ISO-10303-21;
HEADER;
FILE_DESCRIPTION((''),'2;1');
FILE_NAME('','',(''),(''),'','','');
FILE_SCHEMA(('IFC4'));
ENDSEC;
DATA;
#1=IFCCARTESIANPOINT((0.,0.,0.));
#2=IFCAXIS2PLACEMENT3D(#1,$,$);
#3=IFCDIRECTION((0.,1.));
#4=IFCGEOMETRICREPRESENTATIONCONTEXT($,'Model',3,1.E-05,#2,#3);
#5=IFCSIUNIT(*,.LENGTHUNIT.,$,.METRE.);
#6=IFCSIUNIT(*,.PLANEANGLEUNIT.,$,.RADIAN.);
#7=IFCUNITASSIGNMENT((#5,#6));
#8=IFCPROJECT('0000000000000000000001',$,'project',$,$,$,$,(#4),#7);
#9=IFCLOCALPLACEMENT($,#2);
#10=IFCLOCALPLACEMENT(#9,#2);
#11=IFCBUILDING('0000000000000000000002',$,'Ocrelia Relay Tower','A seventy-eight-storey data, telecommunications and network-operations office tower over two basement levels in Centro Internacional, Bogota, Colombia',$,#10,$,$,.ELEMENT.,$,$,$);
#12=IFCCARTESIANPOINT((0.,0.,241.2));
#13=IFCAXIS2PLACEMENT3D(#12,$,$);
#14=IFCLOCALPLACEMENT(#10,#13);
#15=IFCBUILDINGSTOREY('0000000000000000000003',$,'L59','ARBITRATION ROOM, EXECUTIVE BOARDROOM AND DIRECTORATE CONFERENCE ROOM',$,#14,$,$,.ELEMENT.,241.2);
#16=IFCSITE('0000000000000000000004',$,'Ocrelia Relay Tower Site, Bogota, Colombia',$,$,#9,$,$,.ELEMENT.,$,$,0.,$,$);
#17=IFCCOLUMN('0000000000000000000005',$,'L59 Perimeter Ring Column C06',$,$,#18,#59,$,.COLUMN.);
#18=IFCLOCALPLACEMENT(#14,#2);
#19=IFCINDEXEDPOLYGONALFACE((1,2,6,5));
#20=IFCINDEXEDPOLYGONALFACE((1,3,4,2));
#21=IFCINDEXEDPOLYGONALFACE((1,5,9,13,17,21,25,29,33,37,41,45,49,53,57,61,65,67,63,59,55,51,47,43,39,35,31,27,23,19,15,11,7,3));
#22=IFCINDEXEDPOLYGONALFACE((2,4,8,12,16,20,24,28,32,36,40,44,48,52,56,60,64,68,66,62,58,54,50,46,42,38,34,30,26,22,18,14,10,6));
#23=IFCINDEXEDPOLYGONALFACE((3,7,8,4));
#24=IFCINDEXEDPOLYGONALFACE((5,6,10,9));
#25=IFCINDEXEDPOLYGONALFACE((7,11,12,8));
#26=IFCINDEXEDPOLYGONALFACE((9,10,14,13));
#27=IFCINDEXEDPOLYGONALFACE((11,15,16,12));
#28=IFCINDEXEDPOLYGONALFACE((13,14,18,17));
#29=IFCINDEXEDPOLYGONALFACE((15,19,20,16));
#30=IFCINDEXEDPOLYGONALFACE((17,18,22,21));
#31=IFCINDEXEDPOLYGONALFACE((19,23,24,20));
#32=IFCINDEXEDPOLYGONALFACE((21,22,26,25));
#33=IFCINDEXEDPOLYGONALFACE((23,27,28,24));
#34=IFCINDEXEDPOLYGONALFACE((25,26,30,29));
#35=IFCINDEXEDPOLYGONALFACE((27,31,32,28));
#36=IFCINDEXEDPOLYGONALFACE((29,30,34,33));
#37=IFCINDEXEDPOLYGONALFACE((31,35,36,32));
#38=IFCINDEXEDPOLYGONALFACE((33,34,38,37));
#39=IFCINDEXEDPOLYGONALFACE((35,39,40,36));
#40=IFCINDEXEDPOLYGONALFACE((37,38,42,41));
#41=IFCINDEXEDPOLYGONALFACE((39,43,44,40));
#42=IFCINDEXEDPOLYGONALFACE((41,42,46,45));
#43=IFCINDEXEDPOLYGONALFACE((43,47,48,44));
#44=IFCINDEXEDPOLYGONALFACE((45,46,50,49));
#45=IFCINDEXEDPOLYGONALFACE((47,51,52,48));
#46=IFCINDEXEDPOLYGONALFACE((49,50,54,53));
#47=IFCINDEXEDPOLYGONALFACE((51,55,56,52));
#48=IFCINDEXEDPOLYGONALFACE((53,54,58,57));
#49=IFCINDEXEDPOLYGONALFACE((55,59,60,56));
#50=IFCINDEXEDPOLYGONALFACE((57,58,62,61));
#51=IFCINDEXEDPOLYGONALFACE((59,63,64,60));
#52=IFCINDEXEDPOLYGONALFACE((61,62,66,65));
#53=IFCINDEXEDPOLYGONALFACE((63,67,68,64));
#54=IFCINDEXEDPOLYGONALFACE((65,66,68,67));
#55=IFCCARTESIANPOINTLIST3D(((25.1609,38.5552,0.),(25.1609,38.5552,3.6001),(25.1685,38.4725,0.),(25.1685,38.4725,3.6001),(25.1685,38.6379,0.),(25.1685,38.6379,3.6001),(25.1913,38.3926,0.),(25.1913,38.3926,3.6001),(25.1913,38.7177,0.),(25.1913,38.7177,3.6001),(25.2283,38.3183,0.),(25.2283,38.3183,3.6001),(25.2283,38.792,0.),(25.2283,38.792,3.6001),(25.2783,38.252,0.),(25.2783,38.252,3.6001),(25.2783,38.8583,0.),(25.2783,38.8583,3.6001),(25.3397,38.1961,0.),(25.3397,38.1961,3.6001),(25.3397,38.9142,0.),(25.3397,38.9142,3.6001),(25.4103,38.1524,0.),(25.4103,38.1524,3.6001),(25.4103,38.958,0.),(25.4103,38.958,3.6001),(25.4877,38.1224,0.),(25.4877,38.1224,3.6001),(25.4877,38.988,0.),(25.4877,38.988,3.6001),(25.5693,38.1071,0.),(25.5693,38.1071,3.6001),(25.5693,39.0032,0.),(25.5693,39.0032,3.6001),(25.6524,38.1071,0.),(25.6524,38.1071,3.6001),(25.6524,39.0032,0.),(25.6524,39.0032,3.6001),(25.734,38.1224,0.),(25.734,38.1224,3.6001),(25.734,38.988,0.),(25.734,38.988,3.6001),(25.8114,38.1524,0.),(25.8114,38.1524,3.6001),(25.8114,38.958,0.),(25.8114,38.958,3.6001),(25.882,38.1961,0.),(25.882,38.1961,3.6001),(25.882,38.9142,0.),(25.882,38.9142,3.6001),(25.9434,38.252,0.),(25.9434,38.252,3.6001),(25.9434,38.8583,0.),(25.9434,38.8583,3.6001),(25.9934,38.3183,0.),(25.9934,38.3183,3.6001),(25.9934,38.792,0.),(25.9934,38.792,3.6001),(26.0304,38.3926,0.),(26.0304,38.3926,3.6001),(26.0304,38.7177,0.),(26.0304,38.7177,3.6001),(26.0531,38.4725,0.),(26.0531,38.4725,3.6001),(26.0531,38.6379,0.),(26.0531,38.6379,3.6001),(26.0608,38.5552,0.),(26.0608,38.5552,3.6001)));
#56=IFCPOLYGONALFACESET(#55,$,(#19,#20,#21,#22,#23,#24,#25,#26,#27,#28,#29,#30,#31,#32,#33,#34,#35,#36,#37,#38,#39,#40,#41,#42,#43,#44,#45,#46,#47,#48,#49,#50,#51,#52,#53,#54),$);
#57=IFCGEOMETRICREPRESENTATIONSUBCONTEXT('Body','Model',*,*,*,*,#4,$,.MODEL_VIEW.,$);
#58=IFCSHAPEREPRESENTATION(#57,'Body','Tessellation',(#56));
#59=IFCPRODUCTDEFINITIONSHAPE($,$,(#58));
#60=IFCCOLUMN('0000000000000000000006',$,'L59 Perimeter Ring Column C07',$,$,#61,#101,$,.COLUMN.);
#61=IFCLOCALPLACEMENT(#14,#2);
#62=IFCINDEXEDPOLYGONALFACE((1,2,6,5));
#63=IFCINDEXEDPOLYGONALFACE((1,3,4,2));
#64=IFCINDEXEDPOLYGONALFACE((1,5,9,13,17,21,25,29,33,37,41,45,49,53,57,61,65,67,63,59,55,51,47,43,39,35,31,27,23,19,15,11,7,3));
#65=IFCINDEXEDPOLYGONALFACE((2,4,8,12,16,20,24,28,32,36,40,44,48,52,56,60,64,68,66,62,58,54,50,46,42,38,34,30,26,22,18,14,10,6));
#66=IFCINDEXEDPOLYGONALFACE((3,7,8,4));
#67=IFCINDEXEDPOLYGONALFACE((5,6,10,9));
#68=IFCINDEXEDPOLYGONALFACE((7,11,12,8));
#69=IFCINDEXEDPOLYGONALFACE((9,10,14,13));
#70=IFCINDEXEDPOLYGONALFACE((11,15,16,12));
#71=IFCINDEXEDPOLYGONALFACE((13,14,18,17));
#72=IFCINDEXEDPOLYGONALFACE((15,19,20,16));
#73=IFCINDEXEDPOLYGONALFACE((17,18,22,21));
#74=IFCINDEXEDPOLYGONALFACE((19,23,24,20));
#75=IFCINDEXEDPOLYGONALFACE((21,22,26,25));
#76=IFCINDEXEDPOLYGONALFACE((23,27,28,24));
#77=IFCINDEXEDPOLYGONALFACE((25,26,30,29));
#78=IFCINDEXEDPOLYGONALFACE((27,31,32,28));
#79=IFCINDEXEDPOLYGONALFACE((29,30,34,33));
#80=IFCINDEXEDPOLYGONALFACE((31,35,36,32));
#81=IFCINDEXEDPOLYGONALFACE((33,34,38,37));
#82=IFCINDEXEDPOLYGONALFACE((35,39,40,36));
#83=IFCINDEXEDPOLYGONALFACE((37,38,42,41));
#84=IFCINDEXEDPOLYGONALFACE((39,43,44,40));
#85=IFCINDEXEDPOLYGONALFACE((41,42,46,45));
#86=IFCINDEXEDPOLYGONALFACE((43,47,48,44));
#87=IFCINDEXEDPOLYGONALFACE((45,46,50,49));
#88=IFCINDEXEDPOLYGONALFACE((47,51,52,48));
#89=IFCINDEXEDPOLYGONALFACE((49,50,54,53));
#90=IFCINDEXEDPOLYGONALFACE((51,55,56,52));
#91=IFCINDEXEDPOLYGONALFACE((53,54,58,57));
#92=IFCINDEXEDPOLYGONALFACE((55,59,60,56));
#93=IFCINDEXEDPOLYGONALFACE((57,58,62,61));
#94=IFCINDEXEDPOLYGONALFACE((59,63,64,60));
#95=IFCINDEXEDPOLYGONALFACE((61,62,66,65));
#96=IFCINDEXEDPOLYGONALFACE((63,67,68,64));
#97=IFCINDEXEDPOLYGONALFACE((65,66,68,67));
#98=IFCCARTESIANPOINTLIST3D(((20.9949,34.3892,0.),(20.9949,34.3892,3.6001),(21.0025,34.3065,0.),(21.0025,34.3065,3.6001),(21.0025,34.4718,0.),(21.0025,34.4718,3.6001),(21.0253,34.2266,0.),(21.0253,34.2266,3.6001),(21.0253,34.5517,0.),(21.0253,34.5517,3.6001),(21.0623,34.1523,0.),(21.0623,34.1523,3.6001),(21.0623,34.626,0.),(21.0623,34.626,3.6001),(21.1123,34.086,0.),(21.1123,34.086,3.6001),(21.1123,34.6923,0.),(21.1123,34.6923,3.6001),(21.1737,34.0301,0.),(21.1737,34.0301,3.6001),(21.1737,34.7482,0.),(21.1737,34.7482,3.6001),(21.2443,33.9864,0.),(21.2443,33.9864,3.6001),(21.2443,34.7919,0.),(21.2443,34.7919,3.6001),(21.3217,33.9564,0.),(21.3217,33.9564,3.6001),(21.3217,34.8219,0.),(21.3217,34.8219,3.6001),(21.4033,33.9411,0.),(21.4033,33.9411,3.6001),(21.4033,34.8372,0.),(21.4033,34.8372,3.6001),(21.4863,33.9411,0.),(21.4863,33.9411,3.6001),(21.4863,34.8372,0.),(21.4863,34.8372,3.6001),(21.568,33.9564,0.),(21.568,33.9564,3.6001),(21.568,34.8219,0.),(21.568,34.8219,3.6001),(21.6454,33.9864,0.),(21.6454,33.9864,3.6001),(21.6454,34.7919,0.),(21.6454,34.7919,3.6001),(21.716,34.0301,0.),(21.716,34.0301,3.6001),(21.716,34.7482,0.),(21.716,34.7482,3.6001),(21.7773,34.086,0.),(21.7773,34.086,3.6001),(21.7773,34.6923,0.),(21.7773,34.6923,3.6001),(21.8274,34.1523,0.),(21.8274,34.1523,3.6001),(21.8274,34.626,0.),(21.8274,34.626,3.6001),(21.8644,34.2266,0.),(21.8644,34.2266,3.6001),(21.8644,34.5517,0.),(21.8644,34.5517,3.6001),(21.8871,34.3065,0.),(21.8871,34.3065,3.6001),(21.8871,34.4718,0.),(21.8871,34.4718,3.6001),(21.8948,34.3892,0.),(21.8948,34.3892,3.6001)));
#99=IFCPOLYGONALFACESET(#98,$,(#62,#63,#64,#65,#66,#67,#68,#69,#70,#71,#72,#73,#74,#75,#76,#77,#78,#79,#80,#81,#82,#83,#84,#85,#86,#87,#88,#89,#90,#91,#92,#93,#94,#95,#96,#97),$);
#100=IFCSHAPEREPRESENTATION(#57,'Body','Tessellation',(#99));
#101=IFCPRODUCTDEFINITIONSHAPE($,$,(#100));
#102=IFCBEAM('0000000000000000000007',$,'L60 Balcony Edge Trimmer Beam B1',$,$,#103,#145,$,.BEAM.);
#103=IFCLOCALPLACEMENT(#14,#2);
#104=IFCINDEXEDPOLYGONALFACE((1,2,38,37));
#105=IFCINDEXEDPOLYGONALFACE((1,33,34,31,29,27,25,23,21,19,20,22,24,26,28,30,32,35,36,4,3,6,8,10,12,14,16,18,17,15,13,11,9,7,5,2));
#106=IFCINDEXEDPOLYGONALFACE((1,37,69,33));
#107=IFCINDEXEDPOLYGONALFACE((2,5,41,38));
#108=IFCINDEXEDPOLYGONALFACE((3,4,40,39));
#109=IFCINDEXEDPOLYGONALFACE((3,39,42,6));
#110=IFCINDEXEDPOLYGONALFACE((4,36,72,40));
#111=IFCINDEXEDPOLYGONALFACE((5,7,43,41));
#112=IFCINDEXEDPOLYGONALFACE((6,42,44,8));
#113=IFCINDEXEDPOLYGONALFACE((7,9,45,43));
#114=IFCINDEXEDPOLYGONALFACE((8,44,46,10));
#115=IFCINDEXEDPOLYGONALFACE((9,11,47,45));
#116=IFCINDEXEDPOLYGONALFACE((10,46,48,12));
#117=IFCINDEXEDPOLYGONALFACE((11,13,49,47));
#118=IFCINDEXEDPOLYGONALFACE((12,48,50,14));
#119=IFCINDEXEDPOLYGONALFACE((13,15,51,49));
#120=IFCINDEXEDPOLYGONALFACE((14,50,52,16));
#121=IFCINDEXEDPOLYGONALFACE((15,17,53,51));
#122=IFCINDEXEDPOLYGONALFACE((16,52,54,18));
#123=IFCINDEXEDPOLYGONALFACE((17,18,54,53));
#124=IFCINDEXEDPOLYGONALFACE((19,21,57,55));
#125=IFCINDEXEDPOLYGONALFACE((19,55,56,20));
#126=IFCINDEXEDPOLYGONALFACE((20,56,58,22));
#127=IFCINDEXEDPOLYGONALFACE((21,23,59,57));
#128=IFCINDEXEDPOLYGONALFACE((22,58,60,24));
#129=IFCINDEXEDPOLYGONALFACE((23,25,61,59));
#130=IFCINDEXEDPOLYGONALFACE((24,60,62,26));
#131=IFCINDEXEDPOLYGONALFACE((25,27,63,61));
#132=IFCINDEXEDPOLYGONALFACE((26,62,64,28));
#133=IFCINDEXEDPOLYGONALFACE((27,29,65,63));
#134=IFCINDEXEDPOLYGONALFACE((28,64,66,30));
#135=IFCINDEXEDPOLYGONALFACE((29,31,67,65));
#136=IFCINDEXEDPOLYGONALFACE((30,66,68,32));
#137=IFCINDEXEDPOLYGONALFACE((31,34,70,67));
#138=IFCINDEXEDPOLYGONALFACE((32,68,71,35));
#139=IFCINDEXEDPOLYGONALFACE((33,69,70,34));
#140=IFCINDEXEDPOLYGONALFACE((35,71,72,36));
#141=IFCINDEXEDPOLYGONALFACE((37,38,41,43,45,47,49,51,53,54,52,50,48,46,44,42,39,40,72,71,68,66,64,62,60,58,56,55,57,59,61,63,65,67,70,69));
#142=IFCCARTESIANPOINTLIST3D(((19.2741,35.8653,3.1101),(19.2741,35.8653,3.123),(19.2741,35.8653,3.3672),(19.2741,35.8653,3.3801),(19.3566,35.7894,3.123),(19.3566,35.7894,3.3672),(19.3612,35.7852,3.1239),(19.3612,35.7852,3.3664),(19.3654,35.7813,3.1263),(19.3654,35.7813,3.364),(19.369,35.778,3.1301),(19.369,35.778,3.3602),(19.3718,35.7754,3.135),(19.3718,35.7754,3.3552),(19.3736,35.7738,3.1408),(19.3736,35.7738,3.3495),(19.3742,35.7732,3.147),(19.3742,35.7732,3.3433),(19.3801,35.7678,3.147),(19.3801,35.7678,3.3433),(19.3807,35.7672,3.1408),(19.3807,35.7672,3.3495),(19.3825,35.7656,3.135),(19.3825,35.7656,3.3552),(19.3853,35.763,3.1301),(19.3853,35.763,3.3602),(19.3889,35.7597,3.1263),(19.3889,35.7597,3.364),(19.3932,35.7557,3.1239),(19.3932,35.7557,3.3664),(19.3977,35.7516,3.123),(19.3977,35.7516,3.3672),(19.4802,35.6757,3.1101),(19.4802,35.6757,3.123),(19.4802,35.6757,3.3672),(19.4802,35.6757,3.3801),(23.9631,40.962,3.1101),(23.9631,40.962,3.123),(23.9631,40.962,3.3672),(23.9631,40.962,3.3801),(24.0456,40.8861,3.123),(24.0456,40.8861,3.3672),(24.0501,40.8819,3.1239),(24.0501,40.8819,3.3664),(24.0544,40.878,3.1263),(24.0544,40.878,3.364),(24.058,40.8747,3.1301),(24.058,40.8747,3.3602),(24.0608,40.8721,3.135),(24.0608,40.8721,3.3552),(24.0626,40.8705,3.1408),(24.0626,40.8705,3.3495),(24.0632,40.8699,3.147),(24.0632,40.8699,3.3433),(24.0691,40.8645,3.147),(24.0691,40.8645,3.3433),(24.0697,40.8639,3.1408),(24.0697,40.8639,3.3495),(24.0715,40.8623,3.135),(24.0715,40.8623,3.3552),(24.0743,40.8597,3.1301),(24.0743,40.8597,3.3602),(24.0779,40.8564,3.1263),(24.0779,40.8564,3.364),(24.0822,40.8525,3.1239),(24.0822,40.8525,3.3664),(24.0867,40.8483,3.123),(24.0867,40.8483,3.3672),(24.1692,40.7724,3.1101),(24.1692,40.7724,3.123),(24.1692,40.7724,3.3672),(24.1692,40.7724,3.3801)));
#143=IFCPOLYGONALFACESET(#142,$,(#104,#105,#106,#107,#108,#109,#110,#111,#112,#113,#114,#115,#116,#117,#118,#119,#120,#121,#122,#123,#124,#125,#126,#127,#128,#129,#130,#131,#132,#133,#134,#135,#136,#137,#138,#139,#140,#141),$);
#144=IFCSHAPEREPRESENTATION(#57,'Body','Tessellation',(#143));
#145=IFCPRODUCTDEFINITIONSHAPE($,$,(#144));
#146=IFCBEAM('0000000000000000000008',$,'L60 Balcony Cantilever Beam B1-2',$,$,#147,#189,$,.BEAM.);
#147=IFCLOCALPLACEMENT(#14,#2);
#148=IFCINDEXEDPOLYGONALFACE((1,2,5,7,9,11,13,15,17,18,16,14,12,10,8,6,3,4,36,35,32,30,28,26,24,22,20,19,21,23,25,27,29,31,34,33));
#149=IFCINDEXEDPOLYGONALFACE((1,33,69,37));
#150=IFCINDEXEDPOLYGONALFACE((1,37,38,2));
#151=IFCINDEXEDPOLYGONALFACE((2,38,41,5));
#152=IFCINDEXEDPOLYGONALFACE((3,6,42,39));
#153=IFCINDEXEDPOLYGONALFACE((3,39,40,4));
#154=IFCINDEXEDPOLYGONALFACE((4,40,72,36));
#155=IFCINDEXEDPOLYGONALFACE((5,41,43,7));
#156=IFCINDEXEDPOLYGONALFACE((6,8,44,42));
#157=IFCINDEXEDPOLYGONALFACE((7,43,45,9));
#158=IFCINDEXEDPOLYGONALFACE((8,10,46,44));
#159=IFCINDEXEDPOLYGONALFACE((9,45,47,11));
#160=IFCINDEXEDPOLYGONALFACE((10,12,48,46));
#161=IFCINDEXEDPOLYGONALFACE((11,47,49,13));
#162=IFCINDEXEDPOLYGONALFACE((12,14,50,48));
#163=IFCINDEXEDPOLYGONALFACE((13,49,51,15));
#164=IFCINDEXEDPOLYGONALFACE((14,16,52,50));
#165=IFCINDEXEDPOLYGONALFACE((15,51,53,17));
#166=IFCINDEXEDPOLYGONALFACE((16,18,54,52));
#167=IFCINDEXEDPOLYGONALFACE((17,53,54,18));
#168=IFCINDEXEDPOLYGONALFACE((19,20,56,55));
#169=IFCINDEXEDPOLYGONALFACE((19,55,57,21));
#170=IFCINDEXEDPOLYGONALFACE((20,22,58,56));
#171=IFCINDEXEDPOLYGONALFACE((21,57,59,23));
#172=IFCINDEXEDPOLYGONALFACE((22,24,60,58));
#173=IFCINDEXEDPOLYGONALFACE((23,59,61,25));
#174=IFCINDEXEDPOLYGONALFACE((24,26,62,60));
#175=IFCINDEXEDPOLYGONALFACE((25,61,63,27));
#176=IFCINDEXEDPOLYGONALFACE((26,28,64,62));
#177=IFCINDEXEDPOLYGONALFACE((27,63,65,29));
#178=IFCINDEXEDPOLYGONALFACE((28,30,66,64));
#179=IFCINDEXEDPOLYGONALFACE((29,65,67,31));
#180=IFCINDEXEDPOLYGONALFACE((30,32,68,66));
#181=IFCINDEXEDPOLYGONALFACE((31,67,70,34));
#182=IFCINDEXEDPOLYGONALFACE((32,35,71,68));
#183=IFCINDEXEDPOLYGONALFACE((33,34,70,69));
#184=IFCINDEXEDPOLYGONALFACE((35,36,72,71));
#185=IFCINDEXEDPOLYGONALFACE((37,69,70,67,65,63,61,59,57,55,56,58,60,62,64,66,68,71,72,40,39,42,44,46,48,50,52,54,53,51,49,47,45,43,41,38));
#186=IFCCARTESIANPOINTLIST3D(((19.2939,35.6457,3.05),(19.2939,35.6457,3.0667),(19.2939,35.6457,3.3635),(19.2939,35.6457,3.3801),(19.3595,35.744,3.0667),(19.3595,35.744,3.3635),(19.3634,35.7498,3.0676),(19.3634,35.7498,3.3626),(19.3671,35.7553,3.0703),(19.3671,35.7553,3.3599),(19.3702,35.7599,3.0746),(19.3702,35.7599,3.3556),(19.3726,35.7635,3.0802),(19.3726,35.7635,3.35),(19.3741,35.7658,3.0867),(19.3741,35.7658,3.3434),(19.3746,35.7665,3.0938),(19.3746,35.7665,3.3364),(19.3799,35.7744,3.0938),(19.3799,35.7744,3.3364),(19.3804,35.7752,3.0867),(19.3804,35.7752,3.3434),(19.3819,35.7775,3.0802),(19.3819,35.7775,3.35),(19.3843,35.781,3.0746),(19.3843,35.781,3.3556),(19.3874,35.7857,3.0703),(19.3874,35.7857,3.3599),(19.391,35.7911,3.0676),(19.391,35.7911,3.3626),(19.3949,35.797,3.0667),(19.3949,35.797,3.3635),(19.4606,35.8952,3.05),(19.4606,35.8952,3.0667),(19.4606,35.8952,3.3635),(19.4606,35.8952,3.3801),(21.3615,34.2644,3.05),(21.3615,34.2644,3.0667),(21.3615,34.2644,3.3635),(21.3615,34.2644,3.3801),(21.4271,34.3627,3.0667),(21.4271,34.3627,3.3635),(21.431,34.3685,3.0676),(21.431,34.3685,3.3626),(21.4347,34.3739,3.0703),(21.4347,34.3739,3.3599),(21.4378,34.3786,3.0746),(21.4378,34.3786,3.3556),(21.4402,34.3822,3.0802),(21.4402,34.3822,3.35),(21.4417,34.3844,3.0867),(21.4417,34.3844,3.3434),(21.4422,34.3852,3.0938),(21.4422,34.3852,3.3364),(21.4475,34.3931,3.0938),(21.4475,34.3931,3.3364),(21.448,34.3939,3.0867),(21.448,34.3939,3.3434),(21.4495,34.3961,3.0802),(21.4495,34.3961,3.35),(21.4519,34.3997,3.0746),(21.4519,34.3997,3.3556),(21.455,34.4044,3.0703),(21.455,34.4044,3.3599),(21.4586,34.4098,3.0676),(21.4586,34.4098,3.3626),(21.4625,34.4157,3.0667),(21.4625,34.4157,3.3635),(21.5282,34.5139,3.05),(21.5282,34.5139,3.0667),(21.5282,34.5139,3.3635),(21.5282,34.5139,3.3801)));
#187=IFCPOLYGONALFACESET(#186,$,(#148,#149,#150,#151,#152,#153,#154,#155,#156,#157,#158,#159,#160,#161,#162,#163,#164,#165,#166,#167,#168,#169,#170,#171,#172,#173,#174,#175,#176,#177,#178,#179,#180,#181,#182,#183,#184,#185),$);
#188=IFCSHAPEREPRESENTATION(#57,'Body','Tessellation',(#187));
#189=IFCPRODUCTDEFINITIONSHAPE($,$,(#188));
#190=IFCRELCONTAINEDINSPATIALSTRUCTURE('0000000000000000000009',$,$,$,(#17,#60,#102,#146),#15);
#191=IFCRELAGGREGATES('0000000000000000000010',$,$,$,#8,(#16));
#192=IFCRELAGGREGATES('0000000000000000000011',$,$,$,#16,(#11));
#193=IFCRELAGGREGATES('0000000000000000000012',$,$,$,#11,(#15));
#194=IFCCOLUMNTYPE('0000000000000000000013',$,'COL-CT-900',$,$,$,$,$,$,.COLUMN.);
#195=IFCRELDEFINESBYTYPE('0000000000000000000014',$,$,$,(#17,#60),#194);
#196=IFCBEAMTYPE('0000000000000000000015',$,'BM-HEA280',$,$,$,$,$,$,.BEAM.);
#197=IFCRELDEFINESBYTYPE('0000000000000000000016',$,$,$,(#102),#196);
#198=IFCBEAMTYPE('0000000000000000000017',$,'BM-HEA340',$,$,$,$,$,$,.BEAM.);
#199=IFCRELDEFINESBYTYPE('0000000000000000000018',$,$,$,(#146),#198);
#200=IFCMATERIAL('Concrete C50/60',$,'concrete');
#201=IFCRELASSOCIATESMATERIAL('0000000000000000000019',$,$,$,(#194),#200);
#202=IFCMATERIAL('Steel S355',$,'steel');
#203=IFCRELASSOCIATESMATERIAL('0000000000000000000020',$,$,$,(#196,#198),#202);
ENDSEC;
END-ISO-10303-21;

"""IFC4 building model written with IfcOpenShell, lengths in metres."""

from ifc_helpers import new_model, si_unit, direction, frame, origin, origin_2d, place, context, subcontext, project, spatial, circle, i_section, extrude, material, material_profile, profile_set, type_object, element, save


model = new_model("IFC4")

# Units and contexts
model_context = context("Model", 3, precision=1e-05, world=origin(), true_north=direction((0.0, 1.0)))
body_context = subcontext(model_context, "Body", "Model", "MODEL_VIEW")
ifc_project = project(units=[si_unit("LENGTHUNIT", "METRE"), si_unit("PLANEANGLEUNIT", "RADIAN")], contexts=[model_context])

# Site, building, storey
site_placement = place(None, origin())
site = spatial("IfcSite", under=ifc_project, at=site_placement, Name="Ocrelia Relay Tower Site, Bogota, Colombia", CompositionType="ELEMENT", RefElevation=0.0)
building_placement = place(site_placement, origin())
building = spatial("IfcBuilding", under=site, at=building_placement, Name="Ocrelia Relay Tower", Description="A seventy-eight-storey data, telecommunications and network-operations office tower over two basement levels in Centro Internacional, Bogota, Colombia", CompositionType="ELEMENT")
storey_placement = place(building_placement, frame((0.0, 0.0, 241.2)))
storey = spatial("IfcBuildingStorey", under=building, at=storey_placement, Name="L59", Description="ARBITRATION ROOM, EXECUTIVE BOARDROOM AND DIRECTORATE CONFERENCE ROOM", CompositionType="ELEMENT", Elevation=241.2)

# Columns
ifc_material_1 = material(Name="Concrete C50/60", Category="concrete")
ifc_material_profile_1 = material_profile(ifc_material_1, circle(Radius=0.45, at=origin_2d()), Name="RC-CIR-900")
ifc_profile_set_1 = profile_set([ifc_material_profile_1], Name="Concrete C50/60")
column_type = type_object("IfcColumnType", Name="COL-CT-900", PredefinedType="COLUMN", material=ifc_profile_set_1)
for number, where, z_axis, x_axis, name in (
    (1, (25.6108, 38.5552, 0.0), (0.0, 0.0, 1.0), (1.0, 0.0, 0.0), "L59 Perimeter Ring Column C06"),
    (2, (21.4448, 34.3892, 0.0), (0.0, 0.0, 1.0), (1.0, 0.0, 0.0), "L59 Perimeter Ring Column C07"),
):
    element("IfcColumn", number, at=place(storey_placement, frame(where, z_axis=z_axis, x_axis=x_axis)), inside=storey, type_object=column_type, Name=name, PredefinedType="COLUMN", context=body_context, shape_type="SweptSolid", body=[
        extrude(circle(Radius=0.45, at=origin_2d()), origin(), (0.0, 0.0, 1.0), 3.6001),
    ])

# Beams
ifc_material_2 = material(Name="Steel S355", Category="steel")
ifc_material_profile_2 = material_profile(ifc_material_2, i_section(OverallWidth=0.28, OverallDepth=0.27, WebThickness=0.0081, FlangeThickness=0.0129, FilletRadius=0.0239, at=origin_2d()), Name="HEA 280")
ifc_profile_set_2 = profile_set([ifc_material_profile_2], Name="Steel S355")
beam_type_1 = type_object("IfcBeamType", Name="BM-HEA280", PredefinedType="BEAM", material=ifc_profile_set_2)
beam_1_placement = place(storey_placement, frame((24.0662, 40.8672, 3.2451), z_axis=(-0.677058, -0.73593, 0.0), x_axis=(0.73593, -0.677058, 0.0)))
element("IfcBeam", 3, at=beam_1_placement, inside=storey, type_object=beam_type_1, Name="L60 Balcony Edge Trimmer Beam B1", PredefinedType="BEAM", context=body_context, shape_type="SweptSolid", body=[
    extrude(i_section(OverallWidth=0.28, OverallDepth=0.27, WebThickness=0.0081, FlangeThickness=0.0129, FilletRadius=0.0239, at=origin_2d()), origin(), (0.0, 0.0, 1.0), 6.9255),
])
ifc_material_profile_3 = material_profile(ifc_material_2, i_section(OverallWidth=0.3, OverallDepth=0.3301, WebThickness=0.0095, FlangeThickness=0.0166, FilletRadius=0.0271, at=origin_2d()), Name="HEA 340")
ifc_profile_set_3 = profile_set([ifc_material_profile_3], Name="Steel S355")
beam_type_2 = type_object("IfcBeamType", Name="BM-HEA340", PredefinedType="BEAM", material=ifc_profile_set_3)
beam_2_placement = place(storey_placement, frame((21.4448, 34.3892, 3.2151), z_axis=(-0.831506, 0.555516, 0.0), x_axis=(-0.555516, -0.831506, 0.0)))
element("IfcBeam", 4, at=beam_2_placement, inside=storey, type_object=beam_type_2, Name="L60 Balcony Cantilever Beam B1-2", PredefinedType="BEAM", context=body_context, shape_type="SweptSolid", body=[
    extrude(i_section(OverallWidth=0.3, OverallDepth=0.3301, WebThickness=0.0095, FlangeThickness=0.0166, FilletRadius=0.0271, at=origin_2d()), origin(), (0.0, 0.0, 1.0), 2.4866),
])

save(model, "model.ifc")
